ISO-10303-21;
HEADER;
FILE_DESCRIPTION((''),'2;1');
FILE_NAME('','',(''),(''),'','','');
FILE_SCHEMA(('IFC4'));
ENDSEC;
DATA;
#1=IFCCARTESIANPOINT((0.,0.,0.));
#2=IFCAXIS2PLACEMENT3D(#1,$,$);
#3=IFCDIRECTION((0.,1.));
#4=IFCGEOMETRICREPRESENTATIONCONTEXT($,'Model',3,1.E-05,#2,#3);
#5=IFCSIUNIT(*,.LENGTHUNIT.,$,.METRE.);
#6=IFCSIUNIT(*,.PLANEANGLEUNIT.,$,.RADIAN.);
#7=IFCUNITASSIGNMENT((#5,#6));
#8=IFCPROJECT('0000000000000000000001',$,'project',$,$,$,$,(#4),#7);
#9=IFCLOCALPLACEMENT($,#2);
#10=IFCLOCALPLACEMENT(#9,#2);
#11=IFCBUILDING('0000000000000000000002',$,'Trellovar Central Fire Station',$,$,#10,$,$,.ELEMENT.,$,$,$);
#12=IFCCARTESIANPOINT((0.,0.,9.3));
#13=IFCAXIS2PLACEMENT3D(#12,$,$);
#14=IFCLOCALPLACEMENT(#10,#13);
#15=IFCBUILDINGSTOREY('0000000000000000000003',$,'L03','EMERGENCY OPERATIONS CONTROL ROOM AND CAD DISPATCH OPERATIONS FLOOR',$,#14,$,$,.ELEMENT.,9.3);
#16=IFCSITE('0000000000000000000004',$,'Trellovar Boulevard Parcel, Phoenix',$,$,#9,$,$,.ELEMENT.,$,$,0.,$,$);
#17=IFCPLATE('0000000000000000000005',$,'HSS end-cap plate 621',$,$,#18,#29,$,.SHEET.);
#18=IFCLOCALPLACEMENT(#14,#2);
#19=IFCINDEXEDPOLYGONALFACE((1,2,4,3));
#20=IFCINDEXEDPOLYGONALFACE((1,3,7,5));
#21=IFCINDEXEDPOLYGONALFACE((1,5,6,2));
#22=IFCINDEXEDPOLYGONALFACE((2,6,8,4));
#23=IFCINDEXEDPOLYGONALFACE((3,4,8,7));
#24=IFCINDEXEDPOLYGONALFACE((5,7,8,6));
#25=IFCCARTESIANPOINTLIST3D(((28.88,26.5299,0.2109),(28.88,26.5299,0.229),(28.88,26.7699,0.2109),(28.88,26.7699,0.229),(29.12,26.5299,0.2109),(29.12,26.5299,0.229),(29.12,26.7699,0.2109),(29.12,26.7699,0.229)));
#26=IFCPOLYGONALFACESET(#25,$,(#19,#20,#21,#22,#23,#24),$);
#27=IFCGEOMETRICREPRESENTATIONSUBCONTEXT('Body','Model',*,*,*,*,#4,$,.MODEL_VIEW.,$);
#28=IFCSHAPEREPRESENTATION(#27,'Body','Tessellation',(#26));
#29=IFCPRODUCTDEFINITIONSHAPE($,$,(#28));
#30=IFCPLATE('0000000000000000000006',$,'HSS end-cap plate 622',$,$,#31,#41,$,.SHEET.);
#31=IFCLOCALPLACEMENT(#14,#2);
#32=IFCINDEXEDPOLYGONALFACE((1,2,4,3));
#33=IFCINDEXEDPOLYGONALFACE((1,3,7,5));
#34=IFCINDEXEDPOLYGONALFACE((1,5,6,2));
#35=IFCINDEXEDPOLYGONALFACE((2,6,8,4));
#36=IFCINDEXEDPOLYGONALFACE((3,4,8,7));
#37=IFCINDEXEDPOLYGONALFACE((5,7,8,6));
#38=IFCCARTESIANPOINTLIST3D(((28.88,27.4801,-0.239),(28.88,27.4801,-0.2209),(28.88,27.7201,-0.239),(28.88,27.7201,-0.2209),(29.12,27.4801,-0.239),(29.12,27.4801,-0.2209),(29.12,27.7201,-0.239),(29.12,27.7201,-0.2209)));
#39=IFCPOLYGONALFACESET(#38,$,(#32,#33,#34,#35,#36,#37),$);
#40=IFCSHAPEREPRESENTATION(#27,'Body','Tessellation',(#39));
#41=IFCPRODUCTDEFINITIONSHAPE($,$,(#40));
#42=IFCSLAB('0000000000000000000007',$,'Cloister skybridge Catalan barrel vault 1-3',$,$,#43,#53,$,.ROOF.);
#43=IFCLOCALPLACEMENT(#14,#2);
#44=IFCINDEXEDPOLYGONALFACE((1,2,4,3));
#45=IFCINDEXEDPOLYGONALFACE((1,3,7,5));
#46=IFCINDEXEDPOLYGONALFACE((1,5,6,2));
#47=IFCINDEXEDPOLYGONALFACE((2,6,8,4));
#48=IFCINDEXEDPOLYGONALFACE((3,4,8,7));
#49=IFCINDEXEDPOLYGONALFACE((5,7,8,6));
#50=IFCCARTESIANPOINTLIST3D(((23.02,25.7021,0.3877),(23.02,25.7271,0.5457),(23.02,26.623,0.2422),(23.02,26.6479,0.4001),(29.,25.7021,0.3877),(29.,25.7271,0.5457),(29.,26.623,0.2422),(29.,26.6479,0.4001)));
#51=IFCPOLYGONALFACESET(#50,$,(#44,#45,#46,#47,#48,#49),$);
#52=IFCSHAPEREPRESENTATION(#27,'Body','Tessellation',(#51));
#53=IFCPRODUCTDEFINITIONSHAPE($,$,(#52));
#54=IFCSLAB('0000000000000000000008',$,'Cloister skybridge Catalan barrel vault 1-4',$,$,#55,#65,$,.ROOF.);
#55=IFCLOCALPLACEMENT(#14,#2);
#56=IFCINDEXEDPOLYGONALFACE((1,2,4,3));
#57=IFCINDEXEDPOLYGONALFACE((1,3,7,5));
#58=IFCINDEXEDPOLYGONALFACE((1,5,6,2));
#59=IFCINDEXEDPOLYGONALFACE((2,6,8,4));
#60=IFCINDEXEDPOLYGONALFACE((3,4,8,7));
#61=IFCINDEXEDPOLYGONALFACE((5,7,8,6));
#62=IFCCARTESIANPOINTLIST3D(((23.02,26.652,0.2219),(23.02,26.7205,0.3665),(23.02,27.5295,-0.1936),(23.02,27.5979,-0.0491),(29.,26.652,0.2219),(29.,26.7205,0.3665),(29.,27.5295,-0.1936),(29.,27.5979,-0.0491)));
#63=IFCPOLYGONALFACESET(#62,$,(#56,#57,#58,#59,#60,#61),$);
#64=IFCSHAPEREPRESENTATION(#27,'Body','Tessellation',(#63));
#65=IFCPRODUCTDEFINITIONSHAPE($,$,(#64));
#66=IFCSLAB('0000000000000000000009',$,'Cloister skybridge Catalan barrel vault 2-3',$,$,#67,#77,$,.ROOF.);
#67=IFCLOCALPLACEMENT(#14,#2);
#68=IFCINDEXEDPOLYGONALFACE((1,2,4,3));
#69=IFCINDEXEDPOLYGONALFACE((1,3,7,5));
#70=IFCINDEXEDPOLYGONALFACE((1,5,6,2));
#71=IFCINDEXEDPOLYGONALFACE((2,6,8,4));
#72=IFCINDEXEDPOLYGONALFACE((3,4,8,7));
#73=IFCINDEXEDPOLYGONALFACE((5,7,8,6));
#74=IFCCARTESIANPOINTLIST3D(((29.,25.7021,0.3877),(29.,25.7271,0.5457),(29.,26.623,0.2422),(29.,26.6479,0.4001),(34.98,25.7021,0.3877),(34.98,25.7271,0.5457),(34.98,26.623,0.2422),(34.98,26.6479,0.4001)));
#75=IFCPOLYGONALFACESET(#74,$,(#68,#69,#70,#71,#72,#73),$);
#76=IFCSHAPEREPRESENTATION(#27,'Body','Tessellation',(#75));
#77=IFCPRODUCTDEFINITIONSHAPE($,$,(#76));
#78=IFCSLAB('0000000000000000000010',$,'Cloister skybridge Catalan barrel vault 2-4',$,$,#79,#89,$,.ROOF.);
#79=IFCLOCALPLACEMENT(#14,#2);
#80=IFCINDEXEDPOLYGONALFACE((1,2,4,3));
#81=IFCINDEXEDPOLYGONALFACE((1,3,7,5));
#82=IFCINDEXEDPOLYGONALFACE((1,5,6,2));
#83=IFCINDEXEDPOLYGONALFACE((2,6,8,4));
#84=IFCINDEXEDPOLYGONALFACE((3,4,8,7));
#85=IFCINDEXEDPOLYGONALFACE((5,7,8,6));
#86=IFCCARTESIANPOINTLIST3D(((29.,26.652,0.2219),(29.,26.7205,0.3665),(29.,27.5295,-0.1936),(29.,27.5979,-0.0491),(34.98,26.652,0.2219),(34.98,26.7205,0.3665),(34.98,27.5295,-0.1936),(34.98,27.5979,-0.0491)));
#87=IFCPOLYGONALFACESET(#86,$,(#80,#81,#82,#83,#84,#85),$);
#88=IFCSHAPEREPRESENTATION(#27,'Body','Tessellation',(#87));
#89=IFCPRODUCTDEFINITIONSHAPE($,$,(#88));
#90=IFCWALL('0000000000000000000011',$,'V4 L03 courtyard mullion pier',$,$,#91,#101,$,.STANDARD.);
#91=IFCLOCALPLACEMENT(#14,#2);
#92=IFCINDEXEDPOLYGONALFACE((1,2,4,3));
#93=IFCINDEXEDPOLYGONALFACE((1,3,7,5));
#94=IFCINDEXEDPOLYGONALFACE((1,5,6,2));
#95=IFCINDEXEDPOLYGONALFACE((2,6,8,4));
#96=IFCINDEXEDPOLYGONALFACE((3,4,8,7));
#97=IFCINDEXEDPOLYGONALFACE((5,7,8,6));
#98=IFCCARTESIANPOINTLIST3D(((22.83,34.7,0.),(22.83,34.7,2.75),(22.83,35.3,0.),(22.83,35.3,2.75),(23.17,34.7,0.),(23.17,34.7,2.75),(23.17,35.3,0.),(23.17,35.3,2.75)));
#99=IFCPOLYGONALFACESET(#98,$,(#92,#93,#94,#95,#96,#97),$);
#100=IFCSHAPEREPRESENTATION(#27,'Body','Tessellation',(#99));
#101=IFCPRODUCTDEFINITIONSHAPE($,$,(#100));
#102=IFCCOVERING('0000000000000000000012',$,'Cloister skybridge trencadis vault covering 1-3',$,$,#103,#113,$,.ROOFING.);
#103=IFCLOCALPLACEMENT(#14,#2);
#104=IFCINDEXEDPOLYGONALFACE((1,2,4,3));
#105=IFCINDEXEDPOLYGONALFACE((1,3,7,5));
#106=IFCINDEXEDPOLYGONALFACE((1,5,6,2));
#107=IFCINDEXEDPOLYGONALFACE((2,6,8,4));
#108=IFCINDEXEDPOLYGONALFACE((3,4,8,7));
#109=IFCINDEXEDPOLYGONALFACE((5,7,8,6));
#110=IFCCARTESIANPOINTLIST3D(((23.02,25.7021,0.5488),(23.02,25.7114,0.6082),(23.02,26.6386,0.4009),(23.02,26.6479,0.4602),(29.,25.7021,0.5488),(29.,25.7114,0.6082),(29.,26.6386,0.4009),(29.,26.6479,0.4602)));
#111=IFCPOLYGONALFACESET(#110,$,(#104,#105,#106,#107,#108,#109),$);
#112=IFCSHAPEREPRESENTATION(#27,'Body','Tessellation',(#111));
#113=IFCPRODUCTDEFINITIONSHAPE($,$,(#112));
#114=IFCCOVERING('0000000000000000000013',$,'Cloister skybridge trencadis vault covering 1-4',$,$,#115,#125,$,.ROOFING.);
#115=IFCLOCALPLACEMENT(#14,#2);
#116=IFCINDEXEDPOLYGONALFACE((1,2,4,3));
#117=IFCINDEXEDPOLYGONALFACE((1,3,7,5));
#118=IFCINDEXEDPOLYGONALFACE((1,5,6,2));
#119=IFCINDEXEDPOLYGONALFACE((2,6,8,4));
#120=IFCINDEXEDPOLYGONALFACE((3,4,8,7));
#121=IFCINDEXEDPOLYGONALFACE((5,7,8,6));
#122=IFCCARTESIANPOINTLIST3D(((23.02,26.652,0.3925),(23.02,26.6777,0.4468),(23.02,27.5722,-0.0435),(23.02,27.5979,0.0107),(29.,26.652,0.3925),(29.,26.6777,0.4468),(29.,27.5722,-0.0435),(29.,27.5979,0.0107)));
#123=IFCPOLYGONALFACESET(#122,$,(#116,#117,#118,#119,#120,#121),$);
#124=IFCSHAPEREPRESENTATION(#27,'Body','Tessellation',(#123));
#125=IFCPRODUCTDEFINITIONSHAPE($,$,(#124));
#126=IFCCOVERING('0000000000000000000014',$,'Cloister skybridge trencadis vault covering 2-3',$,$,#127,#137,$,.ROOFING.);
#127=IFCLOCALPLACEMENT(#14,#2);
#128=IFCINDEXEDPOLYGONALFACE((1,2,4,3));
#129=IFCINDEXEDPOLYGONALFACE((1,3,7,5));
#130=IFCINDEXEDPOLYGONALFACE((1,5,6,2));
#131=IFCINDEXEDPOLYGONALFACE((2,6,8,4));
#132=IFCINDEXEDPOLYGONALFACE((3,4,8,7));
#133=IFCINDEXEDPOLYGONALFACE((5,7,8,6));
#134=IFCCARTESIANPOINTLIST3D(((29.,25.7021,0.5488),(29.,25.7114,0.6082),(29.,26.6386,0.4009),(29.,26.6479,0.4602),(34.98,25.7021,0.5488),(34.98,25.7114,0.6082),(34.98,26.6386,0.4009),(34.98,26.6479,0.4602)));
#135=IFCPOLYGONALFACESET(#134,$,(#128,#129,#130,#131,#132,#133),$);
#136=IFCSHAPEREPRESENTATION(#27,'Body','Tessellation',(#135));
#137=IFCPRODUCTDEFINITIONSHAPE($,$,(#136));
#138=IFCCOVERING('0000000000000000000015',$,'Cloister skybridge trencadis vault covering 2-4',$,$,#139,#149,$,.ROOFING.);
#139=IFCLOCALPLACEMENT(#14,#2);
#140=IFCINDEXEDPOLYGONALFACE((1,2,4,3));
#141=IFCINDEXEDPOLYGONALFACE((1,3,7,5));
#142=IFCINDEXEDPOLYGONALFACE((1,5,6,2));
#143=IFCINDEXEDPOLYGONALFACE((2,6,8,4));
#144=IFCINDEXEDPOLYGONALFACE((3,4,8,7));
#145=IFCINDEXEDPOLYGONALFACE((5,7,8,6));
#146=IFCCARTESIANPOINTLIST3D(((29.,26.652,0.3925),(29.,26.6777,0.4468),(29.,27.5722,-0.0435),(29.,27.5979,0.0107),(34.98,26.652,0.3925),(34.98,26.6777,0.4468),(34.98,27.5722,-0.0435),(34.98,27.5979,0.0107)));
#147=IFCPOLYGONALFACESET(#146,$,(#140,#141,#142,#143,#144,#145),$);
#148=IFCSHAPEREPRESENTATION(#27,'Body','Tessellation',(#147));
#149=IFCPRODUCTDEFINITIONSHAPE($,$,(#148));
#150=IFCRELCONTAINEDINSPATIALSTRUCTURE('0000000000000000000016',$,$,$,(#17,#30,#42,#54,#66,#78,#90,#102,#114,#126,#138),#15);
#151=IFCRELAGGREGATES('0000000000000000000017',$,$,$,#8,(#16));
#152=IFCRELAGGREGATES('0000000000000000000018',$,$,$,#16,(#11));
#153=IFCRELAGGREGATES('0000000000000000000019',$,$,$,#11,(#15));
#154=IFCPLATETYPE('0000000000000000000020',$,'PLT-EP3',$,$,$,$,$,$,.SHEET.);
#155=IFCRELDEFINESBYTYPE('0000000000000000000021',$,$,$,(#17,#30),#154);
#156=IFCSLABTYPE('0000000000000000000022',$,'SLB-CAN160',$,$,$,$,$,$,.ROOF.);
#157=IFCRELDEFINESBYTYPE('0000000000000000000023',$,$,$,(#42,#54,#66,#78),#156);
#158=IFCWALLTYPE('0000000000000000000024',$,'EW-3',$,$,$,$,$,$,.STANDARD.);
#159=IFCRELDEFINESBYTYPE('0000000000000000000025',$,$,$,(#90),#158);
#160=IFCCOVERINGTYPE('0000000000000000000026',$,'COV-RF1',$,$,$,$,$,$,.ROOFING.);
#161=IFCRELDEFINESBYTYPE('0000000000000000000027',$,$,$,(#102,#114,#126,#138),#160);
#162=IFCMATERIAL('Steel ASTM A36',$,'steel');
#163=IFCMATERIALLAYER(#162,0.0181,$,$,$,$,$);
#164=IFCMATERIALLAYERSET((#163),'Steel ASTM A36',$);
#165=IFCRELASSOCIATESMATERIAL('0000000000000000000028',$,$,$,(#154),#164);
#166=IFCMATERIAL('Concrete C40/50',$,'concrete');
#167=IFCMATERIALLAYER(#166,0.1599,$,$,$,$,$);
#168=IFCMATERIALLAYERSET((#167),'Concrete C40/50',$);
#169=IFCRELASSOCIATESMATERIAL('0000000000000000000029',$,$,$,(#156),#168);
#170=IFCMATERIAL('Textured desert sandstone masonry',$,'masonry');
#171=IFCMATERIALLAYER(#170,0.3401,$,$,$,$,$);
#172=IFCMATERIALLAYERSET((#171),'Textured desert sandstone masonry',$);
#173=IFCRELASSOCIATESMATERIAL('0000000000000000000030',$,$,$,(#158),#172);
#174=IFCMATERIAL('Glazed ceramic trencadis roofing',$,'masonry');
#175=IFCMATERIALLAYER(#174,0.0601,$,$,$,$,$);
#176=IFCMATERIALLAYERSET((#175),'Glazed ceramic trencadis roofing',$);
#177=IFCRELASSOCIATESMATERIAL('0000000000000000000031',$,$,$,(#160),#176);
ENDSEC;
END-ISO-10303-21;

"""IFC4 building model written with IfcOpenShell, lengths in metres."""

from ifc_helpers import new_model, si_unit, direction, frame, frame_2d, origin, origin_2d, place, context, subcontext, project, spatial, polyline, rectangle, outline, extrude, material, layer, layer_set, type_object, element, save


model = new_model("IFC4")

# Units and contexts
model_context = context("Model", 3, precision=1e-05, world=origin(), true_north=direction((0.0, 1.0)))
body_context = subcontext(model_context, "Body", "Model", "MODEL_VIEW")
ifc_project = project(units=[si_unit("LENGTHUNIT", "METRE"), si_unit("PLANEANGLEUNIT", "RADIAN")], contexts=[model_context])

# Site, building, storey
site_placement = place(None, origin())
site = spatial("IfcSite", under=ifc_project, at=site_placement, Name="Trellovar Boulevard Parcel, Phoenix", CompositionType="ELEMENT", RefElevation=0.0)
building_placement = place(site_placement, origin())
building = spatial("IfcBuilding", under=site, at=building_placement, Name="Trellovar Central Fire Station", CompositionType="ELEMENT")
storey_placement = place(building_placement, frame((0.0, 0.0, 9.3)))
storey = spatial("IfcBuildingStorey", under=building, at=storey_placement, Name="L03", Description="EMERGENCY OPERATIONS CONTROL ROOM AND CAD DISPATCH OPERATIONS FLOOR", CompositionType="ELEMENT", Elevation=9.3)

# Plates
ifc_material_1 = material(Name="Steel ASTM A36", Category="steel")
ifc_layer_1 = layer(ifc_material_1, 0.0181)
ifc_layer_set_1 = layer_set([ifc_layer_1], Name="Steel ASTM A36")
plate_type_1 = type_object("IfcPlateType", Name="PLT-EP3", PredefinedType="SHEET", material=ifc_layer_set_1)
for number, where, z_axis, x_axis, name in (
    (1, (29.0, 26.6499, 0.2109), (0.0, 0.0, 1.0), (1.0, 0.0, 0.0), "HSS end-cap plate 621"),
    (2, (29.0, 27.6001, -0.239), (0.0, 0.0, 1.0), (1.0, 0.0, 0.0), "HSS end-cap plate 622"),
):
    element("IfcPlate", number, at=place(storey_placement, frame(where, z_axis=z_axis, x_axis=x_axis)), inside=storey, type_object=plate_type_1, Name=name, PredefinedType="SHEET", context=body_context, shape_type="SweptSolid", body=[
        extrude(rectangle(XDim=0.24, YDim=0.24, at=origin_2d()), origin(), (0.0, 0.0, 1.0), 0.0181),
    ])

# Slabs
ifc_material_2 = material(Name="Concrete C40/50", Category="concrete")
ifc_layer_2 = layer(ifc_material_2, 0.1599)
ifc_layer_set_2 = layer_set([ifc_layer_2], Name="Concrete C40/50")
slab_type = type_object("IfcSlabType", Name="SLB-CAN160", PredefinedType="ROOF", material=ifc_layer_set_2)
slab_1_placement = place(storey_placement, frame((23.02, 25.7271, 0.5457), z_axis=(0.0, 0.15607, 0.987746), x_axis=(1.0, 0.0, 0.0)))
element("IfcSlab", 3, at=slab_1_placement, inside=storey, type_object=slab_type, Name="Cloister skybridge Catalan barrel vault 1-3", PredefinedType="ROOF", context=body_context, shape_type="SweptSolid", body=[
    extrude(outline(polyline([(0.0, 0.0), (5.98, 0.0), (5.98, 0.9323), (0.0, 0.9323), (0.0, 0.0)])), origin(), (0.0, 0.0, -1.0), 0.1599),
])
slab_2_placement = place(storey_placement, frame((23.02, 26.7205, 0.3665), z_axis=(0.0, 0.428, 0.903779), x_axis=(1.0, 0.0, 0.0)))
element("IfcSlab", 4, at=slab_2_placement, inside=storey, type_object=slab_type, Name="Cloister skybridge Catalan barrel vault 1-4", PredefinedType="ROOF", context=body_context, shape_type="SweptSolid", body=[
    extrude(outline(polyline([(0.0, 0.0), (5.98, 0.0), (5.98, 0.9709), (0.0, 0.9709), (0.0, 0.0)])), origin(), (0.0, 0.0, -1.0), 0.1599),
])
slab_3_placement = place(storey_placement, frame((29.0, 25.7271, 0.5457), z_axis=(0.0, 0.15607, 0.987746), x_axis=(1.0, 0.0, 0.0)))
element("IfcSlab", 5, at=slab_3_placement, inside=storey, type_object=slab_type, Name="Cloister skybridge Catalan barrel vault 2-3", PredefinedType="ROOF", context=body_context, shape_type="SweptSolid", body=[
    extrude(outline(polyline([(0.0, 0.0), (5.98, 0.0), (5.98, 0.9323), (0.0, 0.9323), (0.0, 0.0)])), origin(), (0.0, 0.0, -1.0), 0.1599),
])
slab_4_placement = place(storey_placement, frame((29.0, 26.7205, 0.3665), z_axis=(0.0, 0.428, 0.903779), x_axis=(1.0, 0.0, 0.0)))
element("IfcSlab", 6, at=slab_4_placement, inside=storey, type_object=slab_type, Name="Cloister skybridge Catalan barrel vault 2-4", PredefinedType="ROOF", context=body_context, shape_type="SweptSolid", body=[
    extrude(outline(polyline([(0.0, 0.0), (5.98, 0.0), (5.98, 0.9709), (0.0, 0.9709), (0.0, 0.0)])), origin(), (0.0, 0.0, -1.0), 0.1599),
])

# Wall
ifc_material_3 = material(Name="Textured desert sandstone masonry", Category="masonry")
ifc_layer_3 = layer(ifc_material_3, 0.3401)
ifc_layer_set_3 = layer_set([ifc_layer_3], Name="Textured desert sandstone masonry")
wall_type = type_object("IfcWallType", Name="EW-3", PredefinedType="STANDARD", material=ifc_layer_set_3)
wall_placement = place(storey_placement, frame((23.0, 34.7, 0.0), z_axis=(0.0, 0.0, 1.0), x_axis=(0.0, 1.0, 0.0)))
element("IfcWall", 7, at=wall_placement, inside=storey, type_object=wall_type, Name="V4 L03 courtyard mullion pier", PredefinedType="STANDARD", context=body_context, shape_type="SweptSolid", body=[
    extrude(rectangle(XDim=0.6001, YDim=0.3401, at=frame_2d((0.3, 0.0))), origin(), (0.0, 0.0, 1.0), 2.75),
])

# Coverings
ifc_material_4 = material(Name="Glazed ceramic trencadis roofing", Category="masonry")
ifc_layer_4 = layer(ifc_material_4, 0.0601)
ifc_layer_set_4 = layer_set([ifc_layer_4], Name="Glazed ceramic trencadis roofing")
covering_type = type_object("IfcCoveringType", Name="COV-RF1", PredefinedType="ROOFING", material=ifc_layer_set_4)
covering_1_placement = place(storey_placement, frame((23.02, 25.7114, 0.6082), z_axis=(0.0, 0.156042, 0.98775), x_axis=(1.0, 0.0, 0.0)))
element("IfcCovering", 8, at=covering_1_placement, inside=storey, type_object=covering_type, Name="Cloister skybridge trencadis vault covering 1-3", PredefinedType="ROOFING", context=body_context, shape_type="SweptSolid", body=[
    extrude(outline(polyline([(0.0, 0.0), (5.98, 0.0), (5.98, 0.9481), (0.0, 0.9481), (0.0, 0.0)])), origin(), (0.0, 0.0, -1.0), 0.0601),
])
covering_2_placement = place(storey_placement, frame((23.02, 26.6777, 0.4468), z_axis=(0.0, 0.42822, 0.903674), x_axis=(1.0, 0.0, 0.0)))
element("IfcCovering", 9, at=covering_2_placement, inside=storey, type_object=covering_type, Name="Cloister skybridge trencadis vault covering 1-4", PredefinedType="ROOFING", context=body_context, shape_type="SweptSolid", body=[
    extrude(outline(polyline([(0.0, 0.0), (5.98, 0.0), (5.98, 1.0182), (0.0, 1.0182), (0.0, 0.0)])), origin(), (0.0, 0.0, -1.0), 0.0601),
])
covering_3_placement = place(storey_placement, frame((29.0, 25.7114, 0.6082), z_axis=(0.0, 0.156042, 0.98775), x_axis=(1.0, 0.0, 0.0)))
element("IfcCovering", 10, at=covering_3_placement, inside=storey, type_object=covering_type, Name="Cloister skybridge trencadis vault covering 2-3", PredefinedType="ROOFING", context=body_context, shape_type="SweptSolid", body=[
    extrude(outline(polyline([(0.0, 0.0), (5.98, 0.0), (5.98, 0.9481), (0.0, 0.9481), (0.0, 0.0)])), origin(), (0.0, 0.0, -1.0), 0.0601),
])
covering_4_placement = place(storey_placement, frame((29.0, 26.6777, 0.4468), z_axis=(0.0, 0.42822, 0.903674), x_axis=(1.0, 0.0, 0.0)))
element("IfcCovering", 11, at=covering_4_placement, inside=storey, type_object=covering_type, Name="Cloister skybridge trencadis vault covering 2-4", PredefinedType="ROOFING", context=body_context, shape_type="SweptSolid", body=[
    extrude(outline(polyline([(0.0, 0.0), (5.98, 0.0), (5.98, 1.0182), (0.0, 1.0182), (0.0, 0.0)])), origin(), (0.0, 0.0, -1.0), 0.0601),
])

save(model, "model.ifc")
